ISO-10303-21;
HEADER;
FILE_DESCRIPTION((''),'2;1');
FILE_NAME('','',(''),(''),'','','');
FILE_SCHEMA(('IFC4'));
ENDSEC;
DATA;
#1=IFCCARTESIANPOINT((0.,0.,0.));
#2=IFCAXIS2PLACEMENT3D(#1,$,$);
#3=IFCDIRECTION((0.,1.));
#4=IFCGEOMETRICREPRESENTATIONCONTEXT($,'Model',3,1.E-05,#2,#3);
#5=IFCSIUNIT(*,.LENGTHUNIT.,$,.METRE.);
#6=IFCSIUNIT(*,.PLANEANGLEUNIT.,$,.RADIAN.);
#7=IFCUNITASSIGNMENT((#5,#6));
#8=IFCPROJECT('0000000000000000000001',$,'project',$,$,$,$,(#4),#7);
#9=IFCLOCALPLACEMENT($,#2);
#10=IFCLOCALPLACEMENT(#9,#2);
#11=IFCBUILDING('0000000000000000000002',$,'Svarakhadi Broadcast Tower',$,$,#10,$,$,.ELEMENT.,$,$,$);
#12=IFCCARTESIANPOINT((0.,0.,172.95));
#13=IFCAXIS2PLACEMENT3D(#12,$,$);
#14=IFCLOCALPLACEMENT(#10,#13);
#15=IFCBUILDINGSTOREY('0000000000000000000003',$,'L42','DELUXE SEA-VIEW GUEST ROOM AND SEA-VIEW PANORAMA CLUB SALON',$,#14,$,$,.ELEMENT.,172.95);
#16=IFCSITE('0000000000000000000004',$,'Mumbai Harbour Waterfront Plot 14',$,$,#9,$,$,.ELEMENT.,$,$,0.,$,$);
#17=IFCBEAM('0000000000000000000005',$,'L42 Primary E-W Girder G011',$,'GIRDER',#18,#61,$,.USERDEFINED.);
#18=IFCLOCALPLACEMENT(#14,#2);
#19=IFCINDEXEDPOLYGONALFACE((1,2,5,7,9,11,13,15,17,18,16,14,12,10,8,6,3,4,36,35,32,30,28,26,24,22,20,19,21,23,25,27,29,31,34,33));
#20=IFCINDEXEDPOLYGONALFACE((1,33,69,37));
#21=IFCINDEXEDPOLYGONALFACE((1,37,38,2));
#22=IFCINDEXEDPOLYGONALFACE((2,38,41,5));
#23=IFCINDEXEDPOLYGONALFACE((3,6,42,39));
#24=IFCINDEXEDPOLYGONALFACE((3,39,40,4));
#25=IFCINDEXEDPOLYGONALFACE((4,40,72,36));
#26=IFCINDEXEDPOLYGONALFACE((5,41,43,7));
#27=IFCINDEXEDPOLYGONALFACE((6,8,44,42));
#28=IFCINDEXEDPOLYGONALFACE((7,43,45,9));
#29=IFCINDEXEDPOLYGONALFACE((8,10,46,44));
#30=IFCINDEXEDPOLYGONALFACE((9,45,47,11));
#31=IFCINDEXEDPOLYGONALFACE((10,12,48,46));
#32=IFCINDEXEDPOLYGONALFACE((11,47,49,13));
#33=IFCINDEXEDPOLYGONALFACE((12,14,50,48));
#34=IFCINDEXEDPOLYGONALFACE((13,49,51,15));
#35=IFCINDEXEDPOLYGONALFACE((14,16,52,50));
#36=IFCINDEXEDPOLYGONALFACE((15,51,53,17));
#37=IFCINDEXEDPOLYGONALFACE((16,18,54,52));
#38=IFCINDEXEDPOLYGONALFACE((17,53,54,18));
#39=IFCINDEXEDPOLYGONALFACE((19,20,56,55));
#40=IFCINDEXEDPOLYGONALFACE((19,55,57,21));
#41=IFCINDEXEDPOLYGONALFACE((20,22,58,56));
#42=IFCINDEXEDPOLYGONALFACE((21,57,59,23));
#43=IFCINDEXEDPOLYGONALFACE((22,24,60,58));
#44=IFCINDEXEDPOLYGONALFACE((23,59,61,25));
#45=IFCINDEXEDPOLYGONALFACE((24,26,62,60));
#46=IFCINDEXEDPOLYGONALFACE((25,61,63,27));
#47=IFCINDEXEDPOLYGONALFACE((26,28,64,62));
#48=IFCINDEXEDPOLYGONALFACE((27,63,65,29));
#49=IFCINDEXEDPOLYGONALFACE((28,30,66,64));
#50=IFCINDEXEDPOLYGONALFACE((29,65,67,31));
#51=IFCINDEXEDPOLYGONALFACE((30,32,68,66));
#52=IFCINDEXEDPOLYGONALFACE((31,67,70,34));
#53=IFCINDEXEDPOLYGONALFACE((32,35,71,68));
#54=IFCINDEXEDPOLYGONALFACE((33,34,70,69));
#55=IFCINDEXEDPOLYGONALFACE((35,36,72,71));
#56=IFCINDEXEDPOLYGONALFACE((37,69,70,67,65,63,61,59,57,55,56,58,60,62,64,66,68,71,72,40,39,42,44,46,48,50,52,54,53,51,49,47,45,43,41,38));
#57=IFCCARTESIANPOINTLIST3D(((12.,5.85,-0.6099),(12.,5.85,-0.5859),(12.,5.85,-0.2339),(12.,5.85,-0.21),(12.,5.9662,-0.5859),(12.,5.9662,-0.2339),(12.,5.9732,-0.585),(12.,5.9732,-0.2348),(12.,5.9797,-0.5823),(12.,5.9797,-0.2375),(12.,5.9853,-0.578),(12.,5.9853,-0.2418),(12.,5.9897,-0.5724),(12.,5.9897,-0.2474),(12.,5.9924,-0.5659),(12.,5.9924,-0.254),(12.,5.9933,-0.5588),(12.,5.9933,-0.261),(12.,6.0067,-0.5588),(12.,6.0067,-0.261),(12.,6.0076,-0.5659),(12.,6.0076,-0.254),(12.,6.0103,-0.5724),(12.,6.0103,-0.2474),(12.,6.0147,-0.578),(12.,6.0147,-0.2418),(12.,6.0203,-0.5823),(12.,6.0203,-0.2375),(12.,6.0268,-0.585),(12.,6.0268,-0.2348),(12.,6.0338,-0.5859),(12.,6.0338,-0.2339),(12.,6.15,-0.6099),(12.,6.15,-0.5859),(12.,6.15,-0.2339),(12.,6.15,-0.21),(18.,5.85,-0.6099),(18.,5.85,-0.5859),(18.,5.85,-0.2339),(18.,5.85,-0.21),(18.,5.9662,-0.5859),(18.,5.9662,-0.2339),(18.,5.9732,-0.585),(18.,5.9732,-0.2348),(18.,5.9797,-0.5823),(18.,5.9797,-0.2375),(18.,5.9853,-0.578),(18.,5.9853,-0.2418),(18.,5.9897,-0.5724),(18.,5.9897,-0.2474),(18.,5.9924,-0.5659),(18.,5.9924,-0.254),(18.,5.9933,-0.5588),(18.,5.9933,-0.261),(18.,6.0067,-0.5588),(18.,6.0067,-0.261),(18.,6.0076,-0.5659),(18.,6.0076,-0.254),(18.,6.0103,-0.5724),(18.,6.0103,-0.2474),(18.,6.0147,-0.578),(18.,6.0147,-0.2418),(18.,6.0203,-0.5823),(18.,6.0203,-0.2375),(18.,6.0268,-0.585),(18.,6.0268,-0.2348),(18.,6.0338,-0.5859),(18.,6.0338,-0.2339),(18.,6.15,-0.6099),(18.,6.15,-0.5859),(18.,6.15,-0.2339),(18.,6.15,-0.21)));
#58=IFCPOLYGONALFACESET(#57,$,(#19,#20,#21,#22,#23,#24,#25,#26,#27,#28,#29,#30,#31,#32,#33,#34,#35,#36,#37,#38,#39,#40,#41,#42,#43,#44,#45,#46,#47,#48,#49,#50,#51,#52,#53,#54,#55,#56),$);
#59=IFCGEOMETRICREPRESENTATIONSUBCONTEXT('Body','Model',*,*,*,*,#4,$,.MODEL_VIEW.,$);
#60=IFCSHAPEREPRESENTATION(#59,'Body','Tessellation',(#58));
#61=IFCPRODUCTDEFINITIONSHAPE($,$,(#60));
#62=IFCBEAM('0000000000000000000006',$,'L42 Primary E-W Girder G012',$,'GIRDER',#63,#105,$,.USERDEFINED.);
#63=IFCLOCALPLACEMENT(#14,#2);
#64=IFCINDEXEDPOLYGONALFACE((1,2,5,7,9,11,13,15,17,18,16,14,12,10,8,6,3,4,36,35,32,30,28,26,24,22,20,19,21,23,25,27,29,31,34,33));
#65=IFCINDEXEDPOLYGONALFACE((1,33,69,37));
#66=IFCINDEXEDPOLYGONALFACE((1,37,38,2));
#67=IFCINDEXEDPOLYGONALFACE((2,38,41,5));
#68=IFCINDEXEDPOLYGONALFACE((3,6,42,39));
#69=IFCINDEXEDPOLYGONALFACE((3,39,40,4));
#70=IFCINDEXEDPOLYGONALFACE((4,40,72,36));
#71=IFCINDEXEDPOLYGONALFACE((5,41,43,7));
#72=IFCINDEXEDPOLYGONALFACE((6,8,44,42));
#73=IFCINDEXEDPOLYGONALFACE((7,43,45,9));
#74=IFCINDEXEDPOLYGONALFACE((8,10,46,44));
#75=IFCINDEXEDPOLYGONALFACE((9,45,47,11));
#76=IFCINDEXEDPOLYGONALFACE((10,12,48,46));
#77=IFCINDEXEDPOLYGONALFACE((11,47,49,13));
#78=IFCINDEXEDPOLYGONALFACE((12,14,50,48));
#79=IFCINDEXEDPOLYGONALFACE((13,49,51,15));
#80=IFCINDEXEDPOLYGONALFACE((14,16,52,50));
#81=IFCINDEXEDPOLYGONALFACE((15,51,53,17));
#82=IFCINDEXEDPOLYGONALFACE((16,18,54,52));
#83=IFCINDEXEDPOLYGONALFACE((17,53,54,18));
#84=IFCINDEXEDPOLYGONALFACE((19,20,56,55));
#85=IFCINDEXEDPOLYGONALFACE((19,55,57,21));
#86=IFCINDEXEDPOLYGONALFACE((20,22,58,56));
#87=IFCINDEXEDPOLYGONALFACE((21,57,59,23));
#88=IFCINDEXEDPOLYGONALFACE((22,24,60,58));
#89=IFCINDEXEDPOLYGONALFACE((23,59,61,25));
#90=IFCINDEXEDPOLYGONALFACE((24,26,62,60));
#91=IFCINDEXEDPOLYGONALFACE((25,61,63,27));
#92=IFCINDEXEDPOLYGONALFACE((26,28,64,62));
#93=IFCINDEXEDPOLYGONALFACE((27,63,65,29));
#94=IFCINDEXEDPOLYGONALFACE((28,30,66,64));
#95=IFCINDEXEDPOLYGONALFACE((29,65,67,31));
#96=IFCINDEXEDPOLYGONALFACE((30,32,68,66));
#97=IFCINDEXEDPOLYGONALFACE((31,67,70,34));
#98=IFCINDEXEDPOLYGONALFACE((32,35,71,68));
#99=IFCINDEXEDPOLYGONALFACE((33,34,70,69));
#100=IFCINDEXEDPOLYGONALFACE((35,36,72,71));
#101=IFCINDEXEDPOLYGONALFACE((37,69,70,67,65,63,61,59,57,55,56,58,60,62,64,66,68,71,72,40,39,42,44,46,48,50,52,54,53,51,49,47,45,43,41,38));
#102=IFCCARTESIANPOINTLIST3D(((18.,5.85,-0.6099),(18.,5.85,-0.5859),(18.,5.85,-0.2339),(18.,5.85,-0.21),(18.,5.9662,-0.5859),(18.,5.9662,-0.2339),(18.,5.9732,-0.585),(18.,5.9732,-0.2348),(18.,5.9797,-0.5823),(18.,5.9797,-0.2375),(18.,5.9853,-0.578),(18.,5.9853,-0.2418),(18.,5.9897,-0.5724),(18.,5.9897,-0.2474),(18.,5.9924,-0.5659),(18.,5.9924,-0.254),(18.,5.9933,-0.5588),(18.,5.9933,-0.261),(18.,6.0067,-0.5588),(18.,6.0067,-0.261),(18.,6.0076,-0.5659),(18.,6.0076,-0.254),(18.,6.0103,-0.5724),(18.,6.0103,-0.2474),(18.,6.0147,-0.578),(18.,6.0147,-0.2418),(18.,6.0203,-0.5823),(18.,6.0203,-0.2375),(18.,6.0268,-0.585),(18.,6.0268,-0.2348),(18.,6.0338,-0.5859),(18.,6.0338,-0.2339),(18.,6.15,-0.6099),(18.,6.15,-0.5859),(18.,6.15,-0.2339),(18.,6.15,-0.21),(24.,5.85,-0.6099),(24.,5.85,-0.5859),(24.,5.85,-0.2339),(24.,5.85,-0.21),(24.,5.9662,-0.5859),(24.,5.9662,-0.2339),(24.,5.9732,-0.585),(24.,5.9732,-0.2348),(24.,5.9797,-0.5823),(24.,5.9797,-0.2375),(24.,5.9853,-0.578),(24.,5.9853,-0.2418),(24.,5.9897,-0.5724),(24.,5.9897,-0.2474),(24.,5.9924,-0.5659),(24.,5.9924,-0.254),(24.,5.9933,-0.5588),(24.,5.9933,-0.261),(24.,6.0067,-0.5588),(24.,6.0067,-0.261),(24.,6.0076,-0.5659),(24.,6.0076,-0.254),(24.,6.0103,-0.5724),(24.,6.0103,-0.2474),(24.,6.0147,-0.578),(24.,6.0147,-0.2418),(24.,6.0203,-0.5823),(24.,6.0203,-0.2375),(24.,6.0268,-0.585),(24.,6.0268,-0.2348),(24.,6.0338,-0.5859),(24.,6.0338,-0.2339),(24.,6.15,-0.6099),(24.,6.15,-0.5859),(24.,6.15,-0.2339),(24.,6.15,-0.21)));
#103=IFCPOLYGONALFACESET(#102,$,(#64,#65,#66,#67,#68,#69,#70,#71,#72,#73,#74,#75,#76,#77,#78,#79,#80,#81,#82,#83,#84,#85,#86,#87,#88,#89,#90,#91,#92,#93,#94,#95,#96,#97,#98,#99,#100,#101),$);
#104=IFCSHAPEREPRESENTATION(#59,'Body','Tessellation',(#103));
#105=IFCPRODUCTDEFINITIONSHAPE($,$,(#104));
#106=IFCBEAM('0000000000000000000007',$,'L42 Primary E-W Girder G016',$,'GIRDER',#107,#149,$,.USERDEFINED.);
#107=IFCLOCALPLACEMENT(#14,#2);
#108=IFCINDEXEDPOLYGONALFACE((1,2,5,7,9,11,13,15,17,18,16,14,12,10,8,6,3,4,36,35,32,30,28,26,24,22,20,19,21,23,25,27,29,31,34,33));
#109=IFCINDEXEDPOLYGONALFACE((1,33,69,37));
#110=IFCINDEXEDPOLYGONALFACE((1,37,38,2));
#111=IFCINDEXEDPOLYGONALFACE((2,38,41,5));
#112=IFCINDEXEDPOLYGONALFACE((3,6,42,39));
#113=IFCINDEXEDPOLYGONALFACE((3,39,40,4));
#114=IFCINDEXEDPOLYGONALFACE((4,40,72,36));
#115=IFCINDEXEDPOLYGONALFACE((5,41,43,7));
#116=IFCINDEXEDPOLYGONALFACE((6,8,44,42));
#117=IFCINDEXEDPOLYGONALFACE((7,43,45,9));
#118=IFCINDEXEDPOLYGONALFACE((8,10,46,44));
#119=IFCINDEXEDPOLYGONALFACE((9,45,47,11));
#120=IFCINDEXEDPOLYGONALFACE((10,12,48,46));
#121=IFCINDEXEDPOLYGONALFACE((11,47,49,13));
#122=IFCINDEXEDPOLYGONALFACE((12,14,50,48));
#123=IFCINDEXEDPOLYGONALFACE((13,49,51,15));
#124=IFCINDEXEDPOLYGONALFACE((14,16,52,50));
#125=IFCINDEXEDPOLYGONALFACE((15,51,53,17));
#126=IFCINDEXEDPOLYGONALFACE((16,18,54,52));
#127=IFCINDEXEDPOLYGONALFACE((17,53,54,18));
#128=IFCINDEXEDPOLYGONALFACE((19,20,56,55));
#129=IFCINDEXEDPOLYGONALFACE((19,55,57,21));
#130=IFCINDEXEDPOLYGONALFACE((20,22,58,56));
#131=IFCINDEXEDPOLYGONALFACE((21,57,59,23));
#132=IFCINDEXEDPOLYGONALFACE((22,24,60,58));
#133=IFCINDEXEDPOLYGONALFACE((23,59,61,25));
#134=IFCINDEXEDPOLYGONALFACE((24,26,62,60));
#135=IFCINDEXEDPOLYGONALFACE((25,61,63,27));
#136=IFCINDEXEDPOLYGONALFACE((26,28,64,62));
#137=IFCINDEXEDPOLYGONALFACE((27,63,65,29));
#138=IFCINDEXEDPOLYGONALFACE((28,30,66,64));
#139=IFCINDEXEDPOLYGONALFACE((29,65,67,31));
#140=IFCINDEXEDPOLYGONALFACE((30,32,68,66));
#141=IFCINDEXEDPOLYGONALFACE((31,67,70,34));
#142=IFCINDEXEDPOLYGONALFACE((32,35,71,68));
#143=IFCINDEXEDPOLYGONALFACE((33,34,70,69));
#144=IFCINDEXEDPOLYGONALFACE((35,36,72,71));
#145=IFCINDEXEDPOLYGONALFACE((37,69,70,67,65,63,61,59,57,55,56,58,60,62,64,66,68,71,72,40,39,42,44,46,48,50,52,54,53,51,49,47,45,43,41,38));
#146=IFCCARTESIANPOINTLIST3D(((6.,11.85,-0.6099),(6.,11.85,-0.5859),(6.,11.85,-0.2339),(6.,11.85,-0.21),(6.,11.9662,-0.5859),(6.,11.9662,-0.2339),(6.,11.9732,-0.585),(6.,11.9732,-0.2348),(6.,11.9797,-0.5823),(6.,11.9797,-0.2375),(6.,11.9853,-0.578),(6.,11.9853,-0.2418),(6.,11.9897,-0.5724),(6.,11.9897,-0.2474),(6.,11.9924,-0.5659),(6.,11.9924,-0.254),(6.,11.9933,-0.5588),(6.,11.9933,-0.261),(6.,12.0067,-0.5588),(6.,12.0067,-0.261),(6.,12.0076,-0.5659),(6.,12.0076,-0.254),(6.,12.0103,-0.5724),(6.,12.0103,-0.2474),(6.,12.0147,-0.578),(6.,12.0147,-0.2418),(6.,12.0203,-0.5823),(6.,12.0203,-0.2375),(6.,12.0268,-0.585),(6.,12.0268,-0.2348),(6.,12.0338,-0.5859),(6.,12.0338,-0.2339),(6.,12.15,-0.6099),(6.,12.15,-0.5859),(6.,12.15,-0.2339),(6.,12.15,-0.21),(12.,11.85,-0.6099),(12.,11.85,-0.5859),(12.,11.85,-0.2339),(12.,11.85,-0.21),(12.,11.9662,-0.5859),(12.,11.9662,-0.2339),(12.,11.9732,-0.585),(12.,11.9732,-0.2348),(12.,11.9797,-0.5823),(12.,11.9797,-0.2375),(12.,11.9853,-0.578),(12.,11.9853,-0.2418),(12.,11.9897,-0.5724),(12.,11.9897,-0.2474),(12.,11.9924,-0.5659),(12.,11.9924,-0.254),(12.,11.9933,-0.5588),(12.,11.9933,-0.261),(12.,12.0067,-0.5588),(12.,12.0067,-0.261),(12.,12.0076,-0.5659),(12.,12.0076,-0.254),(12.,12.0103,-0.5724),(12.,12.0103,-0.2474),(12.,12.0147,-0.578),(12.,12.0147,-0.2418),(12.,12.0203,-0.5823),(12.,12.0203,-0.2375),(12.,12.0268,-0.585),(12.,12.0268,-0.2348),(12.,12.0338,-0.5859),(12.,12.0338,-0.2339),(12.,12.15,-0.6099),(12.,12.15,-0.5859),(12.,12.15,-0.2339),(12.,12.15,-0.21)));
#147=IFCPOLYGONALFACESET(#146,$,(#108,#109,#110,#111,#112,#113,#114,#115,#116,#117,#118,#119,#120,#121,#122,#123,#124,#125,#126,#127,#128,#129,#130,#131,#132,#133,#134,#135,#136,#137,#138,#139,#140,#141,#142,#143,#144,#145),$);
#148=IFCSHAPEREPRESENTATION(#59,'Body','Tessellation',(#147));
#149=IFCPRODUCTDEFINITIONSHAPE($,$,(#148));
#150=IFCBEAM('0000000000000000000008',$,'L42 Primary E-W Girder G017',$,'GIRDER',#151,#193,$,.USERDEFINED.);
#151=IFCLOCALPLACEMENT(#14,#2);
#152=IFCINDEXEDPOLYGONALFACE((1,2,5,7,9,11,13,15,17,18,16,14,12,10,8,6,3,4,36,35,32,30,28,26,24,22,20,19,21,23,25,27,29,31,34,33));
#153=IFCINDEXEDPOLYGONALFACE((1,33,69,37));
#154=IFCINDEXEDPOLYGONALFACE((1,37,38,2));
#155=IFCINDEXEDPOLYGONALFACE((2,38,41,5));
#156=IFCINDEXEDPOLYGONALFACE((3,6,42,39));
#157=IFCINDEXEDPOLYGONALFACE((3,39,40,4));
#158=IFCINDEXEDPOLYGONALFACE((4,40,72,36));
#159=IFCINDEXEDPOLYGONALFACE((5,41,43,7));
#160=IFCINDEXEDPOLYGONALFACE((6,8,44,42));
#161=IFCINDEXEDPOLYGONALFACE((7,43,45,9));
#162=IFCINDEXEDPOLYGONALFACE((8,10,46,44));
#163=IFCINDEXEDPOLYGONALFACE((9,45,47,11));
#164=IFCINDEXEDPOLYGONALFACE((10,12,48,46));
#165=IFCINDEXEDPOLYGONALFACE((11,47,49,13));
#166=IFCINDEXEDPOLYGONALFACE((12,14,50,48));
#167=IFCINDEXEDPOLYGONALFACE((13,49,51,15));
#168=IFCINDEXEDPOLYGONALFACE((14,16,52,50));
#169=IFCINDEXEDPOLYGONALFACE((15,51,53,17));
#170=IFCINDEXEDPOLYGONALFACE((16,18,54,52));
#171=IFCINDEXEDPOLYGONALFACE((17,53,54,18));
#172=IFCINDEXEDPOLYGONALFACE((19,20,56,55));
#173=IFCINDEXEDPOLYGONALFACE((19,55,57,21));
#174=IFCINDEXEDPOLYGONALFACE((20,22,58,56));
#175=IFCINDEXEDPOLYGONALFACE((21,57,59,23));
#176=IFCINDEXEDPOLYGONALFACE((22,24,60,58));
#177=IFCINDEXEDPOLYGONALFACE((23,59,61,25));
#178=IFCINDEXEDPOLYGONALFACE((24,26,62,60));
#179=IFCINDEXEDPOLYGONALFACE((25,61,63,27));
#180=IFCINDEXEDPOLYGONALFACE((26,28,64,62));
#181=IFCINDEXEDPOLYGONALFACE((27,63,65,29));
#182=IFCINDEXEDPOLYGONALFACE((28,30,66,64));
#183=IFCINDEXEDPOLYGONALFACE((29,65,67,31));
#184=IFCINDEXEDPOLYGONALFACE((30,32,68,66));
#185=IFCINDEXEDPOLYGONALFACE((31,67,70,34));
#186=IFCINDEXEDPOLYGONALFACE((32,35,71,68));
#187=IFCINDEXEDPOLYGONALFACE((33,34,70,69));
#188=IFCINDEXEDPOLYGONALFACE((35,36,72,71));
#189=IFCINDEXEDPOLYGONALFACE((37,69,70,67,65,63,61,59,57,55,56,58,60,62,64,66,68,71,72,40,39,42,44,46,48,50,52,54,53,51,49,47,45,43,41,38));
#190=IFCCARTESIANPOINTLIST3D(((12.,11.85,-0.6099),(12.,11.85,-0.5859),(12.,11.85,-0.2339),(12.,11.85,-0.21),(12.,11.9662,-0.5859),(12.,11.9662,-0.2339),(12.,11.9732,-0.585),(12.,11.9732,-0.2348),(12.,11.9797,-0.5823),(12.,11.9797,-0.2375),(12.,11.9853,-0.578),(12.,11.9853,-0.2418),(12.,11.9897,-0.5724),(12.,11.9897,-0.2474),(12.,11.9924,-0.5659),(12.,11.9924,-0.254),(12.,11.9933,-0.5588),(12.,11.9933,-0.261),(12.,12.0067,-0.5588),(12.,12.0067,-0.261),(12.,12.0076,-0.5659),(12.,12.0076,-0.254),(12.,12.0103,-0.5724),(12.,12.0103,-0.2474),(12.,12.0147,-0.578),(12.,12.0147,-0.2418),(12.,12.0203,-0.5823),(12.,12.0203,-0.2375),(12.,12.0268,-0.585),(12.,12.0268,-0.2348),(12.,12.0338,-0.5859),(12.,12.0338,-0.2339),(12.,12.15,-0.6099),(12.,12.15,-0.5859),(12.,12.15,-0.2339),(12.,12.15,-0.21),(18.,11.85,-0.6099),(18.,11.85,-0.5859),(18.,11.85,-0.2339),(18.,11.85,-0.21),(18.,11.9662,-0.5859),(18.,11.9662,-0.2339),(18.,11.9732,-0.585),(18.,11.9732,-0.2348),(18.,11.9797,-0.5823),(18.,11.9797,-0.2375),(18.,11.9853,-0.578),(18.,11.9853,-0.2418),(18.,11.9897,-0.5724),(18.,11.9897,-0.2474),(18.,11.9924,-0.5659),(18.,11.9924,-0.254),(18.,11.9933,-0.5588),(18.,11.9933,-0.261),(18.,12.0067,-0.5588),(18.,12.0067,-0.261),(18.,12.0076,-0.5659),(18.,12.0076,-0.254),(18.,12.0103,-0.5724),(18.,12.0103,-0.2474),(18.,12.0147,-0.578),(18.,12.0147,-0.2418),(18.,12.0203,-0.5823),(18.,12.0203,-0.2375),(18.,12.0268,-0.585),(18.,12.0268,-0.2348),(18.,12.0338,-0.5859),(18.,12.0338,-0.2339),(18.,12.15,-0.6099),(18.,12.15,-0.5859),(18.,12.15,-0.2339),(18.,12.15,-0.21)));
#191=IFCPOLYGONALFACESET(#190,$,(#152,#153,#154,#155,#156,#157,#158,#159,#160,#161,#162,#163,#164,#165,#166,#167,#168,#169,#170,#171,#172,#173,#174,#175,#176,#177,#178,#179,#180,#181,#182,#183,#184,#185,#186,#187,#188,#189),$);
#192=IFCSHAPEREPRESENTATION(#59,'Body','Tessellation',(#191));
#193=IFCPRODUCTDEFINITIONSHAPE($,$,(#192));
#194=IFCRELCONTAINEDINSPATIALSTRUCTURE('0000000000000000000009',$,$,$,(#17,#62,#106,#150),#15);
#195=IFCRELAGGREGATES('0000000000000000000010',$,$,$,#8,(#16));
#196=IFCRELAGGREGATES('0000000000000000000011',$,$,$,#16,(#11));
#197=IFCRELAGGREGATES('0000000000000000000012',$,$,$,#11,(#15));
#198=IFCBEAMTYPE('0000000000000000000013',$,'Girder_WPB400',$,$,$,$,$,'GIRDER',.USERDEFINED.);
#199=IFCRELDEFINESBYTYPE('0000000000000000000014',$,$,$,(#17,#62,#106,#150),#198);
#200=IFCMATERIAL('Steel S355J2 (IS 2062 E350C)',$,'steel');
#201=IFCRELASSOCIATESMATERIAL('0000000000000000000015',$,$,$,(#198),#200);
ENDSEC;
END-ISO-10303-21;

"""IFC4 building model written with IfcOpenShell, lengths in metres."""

from ifc_helpers import new_model, si_unit, direction, frame, origin, origin_2d, place, context, subcontext, project, spatial, i_section, extrude, material, material_profile, profile_set, type_object, element, save


model = new_model("IFC4")

# Units and contexts
model_context = context("Model", 3, precision=1e-05, world=origin(), true_north=direction((0.0, 1.0)))
body_context = subcontext(model_context, "Body", "Model", "MODEL_VIEW")
ifc_project = project(units=[si_unit("LENGTHUNIT", "METRE"), si_unit("PLANEANGLEUNIT", "RADIAN")], contexts=[model_context])

# Site, building, storey
site_placement = place(None, origin())
site = spatial("IfcSite", under=ifc_project, at=site_placement, Name="Mumbai Harbour Waterfront Plot 14", CompositionType="ELEMENT", RefElevation=0.0)
building_placement = place(site_placement, origin())
building = spatial("IfcBuilding", under=site, at=building_placement, Name="Svarakhadi Broadcast Tower", CompositionType="ELEMENT")
storey_placement = place(building_placement, frame((0.0, 0.0, 172.95)))
storey = spatial("IfcBuildingStorey", under=building, at=storey_placement, Name="L42", Description="DELUXE SEA-VIEW GUEST ROOM AND SEA-VIEW PANORAMA CLUB SALON", CompositionType="ELEMENT", Elevation=172.95)

# Beams
ifc_material_1 = material(Name="Steel S355J2 (IS 2062 E350C)", Category="steel")
ifc_material_profile_1 = material_profile(ifc_material_1, i_section(OverallWidth=0.3, OverallDepth=0.3999, WebThickness=0.0134, FlangeThickness=0.0239, FilletRadius=0.0271, at=origin_2d()), Name="WPB 400x300x155")
ifc_profile_set_1 = profile_set([ifc_material_profile_1], Name="Steel S355J2 (IS 2062 E350C)")
beam_type_1 = type_object("IfcBeamType", Name="Girder_WPB400", ElementType="GIRDER", PredefinedType="USERDEFINED", material=ifc_profile_set_1)
for number, where, z_axis, x_axis, name in (
    (1, (12.0, 6.0, -0.4099), (1.0, 0.0, 0.0), (0.0, 1.0, 0.0), "L42 Primary E-W Girder G011"),
    (2, (18.0, 6.0, -0.4099), (1.0, 0.0, 0.0), (0.0, 1.0, 0.0), "L42 Primary E-W Girder G012"),
    (3, (6.0, 12.0, -0.4099), (1.0, 0.0, 0.0), (0.0, 1.0, 0.0), "L42 Primary E-W Girder G016"),
    (4, (12.0, 12.0, -0.4099), (1.0, 0.0, 0.0), (0.0, 1.0, 0.0), "L42 Primary E-W Girder G017"),
):
    element("IfcBeam", number, at=place(storey_placement, frame(where, z_axis=z_axis, x_axis=x_axis)), inside=storey, type_object=beam_type_1, Name=name, ObjectType="GIRDER", PredefinedType="USERDEFINED", context=body_context, shape_type="SweptSolid", body=[
        extrude(i_section(OverallWidth=0.3, OverallDepth=0.3999, WebThickness=0.0134, FlangeThickness=0.0239, FilletRadius=0.0271, at=origin_2d()), origin(), (0.0, 0.0, 1.0), 6.0),
    ])

save(model, "model.ifc")
